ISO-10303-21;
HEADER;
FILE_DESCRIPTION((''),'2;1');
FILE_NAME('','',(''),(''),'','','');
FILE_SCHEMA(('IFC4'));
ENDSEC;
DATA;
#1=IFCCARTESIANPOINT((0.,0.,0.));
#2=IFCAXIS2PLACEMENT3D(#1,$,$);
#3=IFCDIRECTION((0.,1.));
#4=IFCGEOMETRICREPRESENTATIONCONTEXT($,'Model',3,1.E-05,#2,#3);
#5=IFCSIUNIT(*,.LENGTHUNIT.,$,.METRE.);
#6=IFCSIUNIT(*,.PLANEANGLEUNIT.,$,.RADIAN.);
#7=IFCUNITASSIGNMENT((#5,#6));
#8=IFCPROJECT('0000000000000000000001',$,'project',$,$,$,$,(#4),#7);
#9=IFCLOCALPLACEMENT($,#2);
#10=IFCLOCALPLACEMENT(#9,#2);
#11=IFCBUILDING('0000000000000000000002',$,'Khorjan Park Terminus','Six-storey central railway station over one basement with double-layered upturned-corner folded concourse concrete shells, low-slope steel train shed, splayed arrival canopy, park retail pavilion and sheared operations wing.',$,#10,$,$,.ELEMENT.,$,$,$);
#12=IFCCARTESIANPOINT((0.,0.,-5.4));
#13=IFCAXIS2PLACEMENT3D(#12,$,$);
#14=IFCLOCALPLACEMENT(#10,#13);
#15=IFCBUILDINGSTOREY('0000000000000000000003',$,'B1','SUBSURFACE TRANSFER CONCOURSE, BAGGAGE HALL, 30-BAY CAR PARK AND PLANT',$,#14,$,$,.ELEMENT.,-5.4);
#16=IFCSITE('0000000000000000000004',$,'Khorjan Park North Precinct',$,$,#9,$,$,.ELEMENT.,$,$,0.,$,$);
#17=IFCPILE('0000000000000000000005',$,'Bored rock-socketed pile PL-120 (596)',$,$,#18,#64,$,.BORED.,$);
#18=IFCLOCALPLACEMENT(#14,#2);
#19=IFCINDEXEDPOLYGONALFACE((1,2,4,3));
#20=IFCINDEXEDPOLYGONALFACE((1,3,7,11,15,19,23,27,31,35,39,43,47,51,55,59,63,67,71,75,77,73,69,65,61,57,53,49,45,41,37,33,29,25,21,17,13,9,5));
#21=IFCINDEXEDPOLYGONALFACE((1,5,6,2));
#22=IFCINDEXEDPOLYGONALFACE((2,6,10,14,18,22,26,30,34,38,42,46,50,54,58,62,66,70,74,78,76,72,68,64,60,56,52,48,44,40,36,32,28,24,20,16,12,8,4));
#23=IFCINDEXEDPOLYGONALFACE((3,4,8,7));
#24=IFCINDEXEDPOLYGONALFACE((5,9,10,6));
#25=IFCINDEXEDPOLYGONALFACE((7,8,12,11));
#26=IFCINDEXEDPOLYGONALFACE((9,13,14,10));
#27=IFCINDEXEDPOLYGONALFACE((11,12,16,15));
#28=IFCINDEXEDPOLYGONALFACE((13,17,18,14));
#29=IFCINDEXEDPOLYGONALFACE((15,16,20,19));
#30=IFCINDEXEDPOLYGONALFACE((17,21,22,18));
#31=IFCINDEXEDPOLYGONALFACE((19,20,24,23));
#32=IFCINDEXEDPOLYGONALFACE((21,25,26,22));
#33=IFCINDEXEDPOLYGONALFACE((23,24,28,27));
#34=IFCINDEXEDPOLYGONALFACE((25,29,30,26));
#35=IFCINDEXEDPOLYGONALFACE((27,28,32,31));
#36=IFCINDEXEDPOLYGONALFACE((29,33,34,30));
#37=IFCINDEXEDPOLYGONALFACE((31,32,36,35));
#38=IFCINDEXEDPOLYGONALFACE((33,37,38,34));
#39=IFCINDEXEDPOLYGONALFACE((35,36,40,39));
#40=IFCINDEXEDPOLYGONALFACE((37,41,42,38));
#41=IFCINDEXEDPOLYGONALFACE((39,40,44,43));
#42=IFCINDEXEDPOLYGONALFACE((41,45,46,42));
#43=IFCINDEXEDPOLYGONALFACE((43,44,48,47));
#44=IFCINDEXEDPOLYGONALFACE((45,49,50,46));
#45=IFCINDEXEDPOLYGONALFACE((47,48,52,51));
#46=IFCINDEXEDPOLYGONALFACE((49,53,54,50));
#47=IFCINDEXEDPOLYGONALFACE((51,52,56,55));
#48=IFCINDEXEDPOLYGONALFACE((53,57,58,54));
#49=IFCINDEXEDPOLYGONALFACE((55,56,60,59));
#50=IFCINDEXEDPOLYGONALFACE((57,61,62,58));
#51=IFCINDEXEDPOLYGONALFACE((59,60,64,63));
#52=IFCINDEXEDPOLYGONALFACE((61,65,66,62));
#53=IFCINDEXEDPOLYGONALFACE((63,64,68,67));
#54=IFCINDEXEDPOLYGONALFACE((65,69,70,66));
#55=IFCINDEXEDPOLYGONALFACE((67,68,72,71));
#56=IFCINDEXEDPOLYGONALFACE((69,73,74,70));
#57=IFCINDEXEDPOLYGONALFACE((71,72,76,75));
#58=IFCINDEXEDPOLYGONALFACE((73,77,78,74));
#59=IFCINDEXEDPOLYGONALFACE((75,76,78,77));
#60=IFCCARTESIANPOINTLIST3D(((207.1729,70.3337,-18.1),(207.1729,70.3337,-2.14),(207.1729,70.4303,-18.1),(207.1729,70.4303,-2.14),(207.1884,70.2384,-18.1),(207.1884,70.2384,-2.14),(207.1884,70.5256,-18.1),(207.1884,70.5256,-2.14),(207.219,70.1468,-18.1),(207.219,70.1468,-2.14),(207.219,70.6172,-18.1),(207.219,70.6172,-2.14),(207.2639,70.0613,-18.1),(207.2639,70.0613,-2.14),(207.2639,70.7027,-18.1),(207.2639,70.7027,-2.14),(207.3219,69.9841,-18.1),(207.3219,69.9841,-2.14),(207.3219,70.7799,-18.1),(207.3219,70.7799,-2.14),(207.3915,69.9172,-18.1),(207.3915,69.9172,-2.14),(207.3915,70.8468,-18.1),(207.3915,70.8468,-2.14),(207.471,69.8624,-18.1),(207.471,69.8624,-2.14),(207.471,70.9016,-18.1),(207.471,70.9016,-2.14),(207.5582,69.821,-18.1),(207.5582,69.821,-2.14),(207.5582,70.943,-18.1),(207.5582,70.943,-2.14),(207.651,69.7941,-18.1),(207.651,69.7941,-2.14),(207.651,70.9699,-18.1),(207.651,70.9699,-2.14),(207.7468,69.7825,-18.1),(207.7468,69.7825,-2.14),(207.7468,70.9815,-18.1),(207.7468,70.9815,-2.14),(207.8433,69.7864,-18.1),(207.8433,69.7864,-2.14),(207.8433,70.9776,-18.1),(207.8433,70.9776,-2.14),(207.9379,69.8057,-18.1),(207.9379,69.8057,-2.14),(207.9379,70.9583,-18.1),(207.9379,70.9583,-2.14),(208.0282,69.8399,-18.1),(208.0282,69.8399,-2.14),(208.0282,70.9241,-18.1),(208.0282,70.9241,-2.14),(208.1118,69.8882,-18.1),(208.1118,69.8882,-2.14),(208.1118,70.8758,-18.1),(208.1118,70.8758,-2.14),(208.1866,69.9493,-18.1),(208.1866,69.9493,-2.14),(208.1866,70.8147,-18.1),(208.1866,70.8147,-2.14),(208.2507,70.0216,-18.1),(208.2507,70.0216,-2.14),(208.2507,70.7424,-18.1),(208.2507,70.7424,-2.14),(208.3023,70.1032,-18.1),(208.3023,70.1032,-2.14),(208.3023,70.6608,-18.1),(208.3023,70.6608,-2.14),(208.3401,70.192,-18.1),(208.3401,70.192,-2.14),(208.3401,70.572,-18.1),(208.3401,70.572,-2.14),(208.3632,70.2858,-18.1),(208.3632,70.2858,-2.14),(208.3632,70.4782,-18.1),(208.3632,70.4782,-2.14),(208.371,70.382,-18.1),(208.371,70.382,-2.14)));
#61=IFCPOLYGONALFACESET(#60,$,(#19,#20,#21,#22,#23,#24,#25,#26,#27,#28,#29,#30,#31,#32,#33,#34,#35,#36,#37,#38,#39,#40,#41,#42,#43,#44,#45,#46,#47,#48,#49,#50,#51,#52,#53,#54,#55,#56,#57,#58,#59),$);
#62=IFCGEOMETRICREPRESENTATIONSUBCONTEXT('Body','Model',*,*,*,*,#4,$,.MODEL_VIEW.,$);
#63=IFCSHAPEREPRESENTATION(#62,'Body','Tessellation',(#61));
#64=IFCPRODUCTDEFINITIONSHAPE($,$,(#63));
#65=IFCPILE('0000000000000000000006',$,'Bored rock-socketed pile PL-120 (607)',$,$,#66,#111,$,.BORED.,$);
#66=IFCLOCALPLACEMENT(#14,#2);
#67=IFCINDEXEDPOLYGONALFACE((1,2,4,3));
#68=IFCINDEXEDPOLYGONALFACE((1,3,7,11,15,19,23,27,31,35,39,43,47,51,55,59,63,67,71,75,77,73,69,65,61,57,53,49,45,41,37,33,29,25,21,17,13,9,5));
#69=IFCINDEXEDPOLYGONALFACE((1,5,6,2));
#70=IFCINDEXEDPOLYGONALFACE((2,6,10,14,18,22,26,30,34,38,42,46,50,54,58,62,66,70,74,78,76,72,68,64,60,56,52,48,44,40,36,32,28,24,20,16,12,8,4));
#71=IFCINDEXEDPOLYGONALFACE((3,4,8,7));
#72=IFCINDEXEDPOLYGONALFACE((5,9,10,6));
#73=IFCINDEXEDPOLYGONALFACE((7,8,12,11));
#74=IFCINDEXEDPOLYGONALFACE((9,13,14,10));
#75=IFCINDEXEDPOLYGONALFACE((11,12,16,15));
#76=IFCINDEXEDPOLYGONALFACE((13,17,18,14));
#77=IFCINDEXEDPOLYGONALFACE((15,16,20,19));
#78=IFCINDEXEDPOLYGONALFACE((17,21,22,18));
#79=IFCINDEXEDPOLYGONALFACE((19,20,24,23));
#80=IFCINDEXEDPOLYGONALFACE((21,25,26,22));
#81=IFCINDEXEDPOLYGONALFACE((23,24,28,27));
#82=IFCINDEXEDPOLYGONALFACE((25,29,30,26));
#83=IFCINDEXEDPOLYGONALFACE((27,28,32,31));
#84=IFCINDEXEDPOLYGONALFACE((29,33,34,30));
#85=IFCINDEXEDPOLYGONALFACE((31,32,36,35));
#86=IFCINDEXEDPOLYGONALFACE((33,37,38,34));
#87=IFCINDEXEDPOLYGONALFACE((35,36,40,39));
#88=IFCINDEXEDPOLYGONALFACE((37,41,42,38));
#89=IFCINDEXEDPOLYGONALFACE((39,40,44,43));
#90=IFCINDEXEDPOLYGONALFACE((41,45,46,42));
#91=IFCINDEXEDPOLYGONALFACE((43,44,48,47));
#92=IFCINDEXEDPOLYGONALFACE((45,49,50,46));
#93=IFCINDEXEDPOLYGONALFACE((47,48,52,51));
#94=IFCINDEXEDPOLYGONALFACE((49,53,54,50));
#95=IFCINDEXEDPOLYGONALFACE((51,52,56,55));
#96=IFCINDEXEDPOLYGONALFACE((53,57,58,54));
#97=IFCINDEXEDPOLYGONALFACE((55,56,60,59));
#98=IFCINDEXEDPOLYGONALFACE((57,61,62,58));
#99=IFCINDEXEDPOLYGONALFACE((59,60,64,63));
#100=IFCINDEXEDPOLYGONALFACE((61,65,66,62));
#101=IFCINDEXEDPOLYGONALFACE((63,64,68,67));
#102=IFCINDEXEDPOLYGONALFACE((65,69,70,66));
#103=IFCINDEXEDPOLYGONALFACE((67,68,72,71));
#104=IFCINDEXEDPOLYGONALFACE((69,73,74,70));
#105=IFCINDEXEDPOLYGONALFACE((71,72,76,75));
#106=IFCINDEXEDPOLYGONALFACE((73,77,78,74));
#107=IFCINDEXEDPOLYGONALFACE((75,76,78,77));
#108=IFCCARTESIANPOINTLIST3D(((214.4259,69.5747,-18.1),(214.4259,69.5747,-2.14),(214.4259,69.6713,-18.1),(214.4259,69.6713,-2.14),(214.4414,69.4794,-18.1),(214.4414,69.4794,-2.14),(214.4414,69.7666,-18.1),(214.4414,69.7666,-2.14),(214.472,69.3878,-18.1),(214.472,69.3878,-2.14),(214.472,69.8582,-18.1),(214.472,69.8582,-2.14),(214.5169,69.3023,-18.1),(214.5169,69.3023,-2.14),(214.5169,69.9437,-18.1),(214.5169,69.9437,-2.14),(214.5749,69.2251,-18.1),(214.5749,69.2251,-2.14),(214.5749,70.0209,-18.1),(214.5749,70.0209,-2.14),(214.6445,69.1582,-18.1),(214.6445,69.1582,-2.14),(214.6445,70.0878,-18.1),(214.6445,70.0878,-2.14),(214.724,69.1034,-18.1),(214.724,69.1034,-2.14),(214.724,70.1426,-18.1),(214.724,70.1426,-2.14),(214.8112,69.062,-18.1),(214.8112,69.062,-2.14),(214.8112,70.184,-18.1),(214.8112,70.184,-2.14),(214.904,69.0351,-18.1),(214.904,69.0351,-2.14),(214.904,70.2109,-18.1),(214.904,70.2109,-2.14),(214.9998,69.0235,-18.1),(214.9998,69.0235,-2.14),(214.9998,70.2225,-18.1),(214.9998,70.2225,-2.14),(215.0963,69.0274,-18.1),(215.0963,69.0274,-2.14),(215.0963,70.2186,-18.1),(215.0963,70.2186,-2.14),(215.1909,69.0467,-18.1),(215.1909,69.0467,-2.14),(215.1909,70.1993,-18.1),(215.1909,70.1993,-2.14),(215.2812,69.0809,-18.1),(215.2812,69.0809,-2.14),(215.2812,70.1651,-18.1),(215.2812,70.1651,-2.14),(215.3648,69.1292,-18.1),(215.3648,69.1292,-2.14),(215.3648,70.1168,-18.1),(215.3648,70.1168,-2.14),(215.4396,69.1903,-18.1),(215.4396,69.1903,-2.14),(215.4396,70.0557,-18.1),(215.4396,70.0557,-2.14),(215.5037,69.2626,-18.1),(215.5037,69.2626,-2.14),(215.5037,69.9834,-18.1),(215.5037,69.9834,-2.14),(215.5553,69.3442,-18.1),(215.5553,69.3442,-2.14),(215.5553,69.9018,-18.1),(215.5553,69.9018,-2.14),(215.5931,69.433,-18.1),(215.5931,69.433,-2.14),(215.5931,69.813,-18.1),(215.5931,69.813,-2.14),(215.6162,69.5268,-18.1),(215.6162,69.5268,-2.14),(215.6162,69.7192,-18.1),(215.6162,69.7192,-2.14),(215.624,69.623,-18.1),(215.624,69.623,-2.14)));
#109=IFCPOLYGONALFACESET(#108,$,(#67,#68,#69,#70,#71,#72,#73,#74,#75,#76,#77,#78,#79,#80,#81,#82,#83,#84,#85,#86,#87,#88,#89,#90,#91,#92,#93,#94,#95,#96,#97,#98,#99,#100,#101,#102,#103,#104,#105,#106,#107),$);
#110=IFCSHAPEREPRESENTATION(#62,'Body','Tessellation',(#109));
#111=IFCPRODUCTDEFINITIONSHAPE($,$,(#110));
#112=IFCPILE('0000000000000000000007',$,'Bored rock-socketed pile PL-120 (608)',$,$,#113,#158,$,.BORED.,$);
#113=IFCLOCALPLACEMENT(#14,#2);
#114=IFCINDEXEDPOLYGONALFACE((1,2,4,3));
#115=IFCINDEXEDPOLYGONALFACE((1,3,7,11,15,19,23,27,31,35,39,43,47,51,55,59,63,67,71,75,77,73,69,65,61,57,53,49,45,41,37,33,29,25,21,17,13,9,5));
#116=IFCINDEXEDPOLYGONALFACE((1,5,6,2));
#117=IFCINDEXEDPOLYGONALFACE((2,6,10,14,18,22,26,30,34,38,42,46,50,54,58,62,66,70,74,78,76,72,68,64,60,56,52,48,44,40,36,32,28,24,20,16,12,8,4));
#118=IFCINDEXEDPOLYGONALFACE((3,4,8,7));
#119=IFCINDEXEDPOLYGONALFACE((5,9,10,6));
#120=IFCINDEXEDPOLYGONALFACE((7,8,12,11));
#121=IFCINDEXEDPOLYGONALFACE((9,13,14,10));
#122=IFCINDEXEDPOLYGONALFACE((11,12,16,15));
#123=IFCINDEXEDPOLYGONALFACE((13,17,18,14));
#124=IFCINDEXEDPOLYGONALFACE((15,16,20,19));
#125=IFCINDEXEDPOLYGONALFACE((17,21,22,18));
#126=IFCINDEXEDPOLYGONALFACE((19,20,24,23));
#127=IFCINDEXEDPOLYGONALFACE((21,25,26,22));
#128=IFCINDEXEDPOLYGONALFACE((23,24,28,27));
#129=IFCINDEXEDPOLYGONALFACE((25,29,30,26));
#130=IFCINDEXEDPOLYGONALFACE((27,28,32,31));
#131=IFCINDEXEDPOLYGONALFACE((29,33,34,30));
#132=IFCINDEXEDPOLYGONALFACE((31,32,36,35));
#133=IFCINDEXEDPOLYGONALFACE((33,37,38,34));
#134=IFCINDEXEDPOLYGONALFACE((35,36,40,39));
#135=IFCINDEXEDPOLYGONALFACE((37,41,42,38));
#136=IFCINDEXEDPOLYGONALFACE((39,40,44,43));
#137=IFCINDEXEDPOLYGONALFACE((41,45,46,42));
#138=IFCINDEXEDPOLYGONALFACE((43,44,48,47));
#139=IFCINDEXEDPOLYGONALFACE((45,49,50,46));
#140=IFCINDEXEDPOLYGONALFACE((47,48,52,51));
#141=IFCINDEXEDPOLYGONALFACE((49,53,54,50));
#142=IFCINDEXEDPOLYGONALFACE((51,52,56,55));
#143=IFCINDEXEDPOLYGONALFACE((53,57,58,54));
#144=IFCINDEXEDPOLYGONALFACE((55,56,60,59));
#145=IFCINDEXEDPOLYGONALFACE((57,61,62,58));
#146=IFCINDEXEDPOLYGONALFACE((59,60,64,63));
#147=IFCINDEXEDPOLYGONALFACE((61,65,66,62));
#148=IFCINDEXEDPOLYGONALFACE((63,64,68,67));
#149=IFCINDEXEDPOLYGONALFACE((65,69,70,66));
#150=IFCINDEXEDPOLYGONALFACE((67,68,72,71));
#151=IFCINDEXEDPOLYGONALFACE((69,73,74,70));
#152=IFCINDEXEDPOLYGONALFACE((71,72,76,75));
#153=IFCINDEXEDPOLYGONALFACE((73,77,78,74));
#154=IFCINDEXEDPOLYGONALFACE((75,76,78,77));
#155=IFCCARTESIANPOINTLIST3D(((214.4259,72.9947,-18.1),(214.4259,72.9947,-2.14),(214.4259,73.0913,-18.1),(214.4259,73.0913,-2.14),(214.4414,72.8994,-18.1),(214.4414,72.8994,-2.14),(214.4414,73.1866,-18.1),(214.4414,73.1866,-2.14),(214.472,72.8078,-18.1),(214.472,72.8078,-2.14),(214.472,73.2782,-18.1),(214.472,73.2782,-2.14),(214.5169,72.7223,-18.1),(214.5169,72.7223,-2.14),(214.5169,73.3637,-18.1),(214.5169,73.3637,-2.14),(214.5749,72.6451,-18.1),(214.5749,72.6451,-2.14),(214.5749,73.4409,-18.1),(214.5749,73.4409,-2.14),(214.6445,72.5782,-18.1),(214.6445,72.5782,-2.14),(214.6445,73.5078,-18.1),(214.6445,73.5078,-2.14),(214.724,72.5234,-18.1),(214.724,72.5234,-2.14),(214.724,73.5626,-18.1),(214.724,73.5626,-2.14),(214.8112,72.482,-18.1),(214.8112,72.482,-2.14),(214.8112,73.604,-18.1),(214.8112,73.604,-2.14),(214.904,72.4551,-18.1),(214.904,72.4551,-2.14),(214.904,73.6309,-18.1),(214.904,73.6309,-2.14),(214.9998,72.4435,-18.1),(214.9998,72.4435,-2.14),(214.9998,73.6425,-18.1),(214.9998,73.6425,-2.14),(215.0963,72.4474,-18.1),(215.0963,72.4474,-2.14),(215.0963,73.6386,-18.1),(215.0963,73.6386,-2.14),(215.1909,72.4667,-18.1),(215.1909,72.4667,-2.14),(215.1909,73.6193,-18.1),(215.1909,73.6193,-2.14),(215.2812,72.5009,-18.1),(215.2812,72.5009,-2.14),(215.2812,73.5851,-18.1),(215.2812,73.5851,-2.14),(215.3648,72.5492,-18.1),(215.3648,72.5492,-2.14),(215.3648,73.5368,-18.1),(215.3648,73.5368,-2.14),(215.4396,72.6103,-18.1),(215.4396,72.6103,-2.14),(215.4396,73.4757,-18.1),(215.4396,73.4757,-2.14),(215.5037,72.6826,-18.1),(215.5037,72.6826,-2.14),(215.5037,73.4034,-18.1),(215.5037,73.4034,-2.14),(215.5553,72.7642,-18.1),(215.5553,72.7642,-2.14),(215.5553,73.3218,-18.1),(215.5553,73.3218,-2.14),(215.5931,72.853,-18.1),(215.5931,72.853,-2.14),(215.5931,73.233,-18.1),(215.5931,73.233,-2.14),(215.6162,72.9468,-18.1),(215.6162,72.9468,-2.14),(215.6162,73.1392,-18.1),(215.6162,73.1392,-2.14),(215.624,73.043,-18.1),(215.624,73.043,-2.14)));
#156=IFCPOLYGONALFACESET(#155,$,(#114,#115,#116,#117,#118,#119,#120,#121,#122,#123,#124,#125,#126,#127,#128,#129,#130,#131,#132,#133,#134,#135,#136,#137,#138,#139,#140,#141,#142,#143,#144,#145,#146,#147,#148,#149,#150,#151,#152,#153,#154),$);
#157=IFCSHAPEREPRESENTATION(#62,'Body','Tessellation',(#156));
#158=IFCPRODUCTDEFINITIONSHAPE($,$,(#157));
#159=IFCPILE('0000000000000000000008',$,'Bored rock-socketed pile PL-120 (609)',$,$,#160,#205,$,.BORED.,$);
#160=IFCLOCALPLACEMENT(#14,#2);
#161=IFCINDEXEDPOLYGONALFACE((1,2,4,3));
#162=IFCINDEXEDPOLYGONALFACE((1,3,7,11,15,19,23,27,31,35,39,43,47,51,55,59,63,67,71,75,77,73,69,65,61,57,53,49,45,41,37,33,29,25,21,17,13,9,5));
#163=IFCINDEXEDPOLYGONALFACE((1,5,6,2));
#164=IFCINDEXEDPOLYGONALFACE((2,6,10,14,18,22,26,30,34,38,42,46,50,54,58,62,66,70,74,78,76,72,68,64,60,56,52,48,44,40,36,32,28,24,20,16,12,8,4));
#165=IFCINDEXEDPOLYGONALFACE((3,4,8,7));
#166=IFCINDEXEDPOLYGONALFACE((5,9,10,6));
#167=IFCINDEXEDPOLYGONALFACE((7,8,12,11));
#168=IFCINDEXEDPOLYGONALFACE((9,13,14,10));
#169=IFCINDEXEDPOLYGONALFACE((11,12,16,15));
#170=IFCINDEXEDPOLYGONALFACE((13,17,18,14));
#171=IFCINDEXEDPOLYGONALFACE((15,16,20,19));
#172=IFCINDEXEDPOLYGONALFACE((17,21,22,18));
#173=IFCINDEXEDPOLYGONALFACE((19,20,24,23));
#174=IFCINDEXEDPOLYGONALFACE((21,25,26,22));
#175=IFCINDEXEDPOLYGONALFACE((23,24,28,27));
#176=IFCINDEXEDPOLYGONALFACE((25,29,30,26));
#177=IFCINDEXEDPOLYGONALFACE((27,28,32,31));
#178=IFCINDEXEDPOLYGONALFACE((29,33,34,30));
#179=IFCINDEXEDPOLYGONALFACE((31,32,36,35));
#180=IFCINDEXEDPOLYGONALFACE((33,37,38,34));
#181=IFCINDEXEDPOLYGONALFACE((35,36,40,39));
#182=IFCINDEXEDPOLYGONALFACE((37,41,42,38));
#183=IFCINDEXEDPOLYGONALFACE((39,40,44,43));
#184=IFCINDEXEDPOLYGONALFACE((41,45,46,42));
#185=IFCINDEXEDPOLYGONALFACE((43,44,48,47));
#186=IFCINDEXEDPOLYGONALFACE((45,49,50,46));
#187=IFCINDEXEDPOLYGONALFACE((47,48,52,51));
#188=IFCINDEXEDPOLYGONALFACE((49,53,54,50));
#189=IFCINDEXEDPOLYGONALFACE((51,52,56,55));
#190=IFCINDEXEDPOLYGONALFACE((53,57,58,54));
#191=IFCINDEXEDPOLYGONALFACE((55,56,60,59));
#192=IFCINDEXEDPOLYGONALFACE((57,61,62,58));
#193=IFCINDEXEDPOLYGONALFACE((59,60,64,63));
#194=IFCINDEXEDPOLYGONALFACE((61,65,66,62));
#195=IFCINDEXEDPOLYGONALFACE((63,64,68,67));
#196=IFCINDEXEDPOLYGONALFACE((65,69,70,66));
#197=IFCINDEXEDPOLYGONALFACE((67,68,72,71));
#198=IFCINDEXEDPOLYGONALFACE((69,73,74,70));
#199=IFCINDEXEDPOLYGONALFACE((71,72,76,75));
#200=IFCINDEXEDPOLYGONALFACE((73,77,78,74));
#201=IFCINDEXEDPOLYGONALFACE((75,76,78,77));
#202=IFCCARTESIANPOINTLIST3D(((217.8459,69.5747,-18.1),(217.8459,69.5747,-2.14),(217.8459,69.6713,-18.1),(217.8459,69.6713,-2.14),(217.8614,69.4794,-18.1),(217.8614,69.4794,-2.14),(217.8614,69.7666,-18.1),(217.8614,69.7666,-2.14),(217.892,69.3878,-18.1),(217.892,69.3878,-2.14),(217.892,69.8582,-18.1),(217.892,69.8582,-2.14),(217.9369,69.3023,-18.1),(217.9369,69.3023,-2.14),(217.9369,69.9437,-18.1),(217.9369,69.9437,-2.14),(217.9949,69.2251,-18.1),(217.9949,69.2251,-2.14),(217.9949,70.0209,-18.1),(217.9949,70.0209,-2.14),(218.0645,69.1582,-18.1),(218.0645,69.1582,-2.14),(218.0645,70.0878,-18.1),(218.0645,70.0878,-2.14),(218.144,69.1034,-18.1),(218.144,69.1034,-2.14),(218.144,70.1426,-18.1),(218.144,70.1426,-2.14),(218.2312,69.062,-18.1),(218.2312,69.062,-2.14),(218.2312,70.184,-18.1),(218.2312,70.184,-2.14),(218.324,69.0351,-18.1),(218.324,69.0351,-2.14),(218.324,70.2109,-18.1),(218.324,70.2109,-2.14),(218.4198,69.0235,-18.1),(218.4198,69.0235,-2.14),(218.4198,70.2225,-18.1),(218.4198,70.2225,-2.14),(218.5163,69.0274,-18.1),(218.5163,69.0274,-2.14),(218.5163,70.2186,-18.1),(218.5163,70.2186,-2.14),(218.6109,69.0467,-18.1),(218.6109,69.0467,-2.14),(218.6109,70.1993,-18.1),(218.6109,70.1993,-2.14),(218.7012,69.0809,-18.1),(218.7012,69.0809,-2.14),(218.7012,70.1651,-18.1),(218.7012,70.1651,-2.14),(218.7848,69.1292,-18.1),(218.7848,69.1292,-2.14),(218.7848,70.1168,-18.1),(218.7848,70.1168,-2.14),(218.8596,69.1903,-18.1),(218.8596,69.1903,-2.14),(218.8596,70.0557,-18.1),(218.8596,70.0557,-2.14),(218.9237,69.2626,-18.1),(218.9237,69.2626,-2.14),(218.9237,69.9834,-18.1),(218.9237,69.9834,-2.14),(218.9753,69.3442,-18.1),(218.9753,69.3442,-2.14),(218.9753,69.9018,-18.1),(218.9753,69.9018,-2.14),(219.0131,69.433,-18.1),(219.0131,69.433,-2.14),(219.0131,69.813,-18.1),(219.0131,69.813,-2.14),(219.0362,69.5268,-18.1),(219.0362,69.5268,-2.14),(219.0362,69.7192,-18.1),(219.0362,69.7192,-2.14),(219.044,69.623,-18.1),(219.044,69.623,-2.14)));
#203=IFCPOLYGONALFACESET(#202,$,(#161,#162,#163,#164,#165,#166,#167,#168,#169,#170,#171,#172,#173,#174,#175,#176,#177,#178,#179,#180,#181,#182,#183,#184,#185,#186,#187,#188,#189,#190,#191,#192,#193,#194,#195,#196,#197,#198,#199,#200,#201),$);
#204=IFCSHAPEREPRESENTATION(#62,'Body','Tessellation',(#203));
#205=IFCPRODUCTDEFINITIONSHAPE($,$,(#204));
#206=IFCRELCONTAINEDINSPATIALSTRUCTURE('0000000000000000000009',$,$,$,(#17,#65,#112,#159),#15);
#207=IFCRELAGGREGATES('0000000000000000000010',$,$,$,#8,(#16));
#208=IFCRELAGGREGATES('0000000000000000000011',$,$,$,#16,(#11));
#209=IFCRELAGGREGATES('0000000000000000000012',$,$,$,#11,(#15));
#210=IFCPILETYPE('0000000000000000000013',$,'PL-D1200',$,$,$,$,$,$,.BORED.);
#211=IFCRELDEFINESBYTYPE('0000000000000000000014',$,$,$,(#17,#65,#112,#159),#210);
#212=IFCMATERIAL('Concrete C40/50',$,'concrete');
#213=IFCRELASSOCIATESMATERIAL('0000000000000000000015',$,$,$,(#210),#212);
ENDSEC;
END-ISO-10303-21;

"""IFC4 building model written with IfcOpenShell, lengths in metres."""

from ifc_helpers import new_model, si_unit, direction, frame, origin, origin_2d, place, context, subcontext, project, spatial, circle, extrude, material, material_profile, profile_set, type_object, element, save


model = new_model("IFC4")

# Units and contexts
model_context = context("Model", 3, precision=1e-05, world=origin(), true_north=direction((0.0, 1.0)))
body_context = subcontext(model_context, "Body", "Model", "MODEL_VIEW")
ifc_project = project(units=[si_unit("LENGTHUNIT", "METRE"), si_unit("PLANEANGLEUNIT", "RADIAN")], contexts=[model_context])

# Site, building, storey
site_placement = place(None, origin())
site = spatial("IfcSite", under=ifc_project, at=site_placement, Name="Khorjan Park North Precinct", CompositionType="ELEMENT", RefElevation=0.0)
building_placement = place(site_placement, origin())
building = spatial("IfcBuilding", under=site, at=building_placement, Name="Khorjan Park Terminus", Description="Six-storey central railway station over one basement with double-layered upturned-corner folded concourse concrete shells, low-slope steel train shed, splayed arrival canopy, park retail pavilion and sheared operations wing.", CompositionType="ELEMENT")
storey_placement = place(building_placement, frame((0.0, 0.0, -5.4)))
storey = spatial("IfcBuildingStorey", under=building, at=storey_placement, Name="B1", Description="SUBSURFACE TRANSFER CONCOURSE, BAGGAGE HALL, 30-BAY CAR PARK AND PLANT", CompositionType="ELEMENT", Elevation=-5.4)

# Piles
ifc_material_1 = material(Name="Concrete C40/50", Category="concrete")
ifc_material_profile_1 = material_profile(ifc_material_1, circle(Radius=0.6, at=origin_2d()), Name="BORED D1200")
ifc_profile_set_1 = profile_set([ifc_material_profile_1], Name="Concrete C40/50")
pile_type_1 = type_object("IfcPileType", Name="PL-D1200", PredefinedType="BORED", material=ifc_profile_set_1)
for number, where, z_axis, x_axis, name in (
    (1, (207.771, 70.382, -2.14), (0.0, 0.0, -1.0), (1.0, 0.0, 0.0), "Bored rock-socketed pile PL-120 (596)"),
    (2, (215.024, 69.623, -2.14), (0.0, 0.0, -1.0), (1.0, 0.0, 0.0), "Bored rock-socketed pile PL-120 (607)"),
    (3, (215.024, 73.043, -2.14), (0.0, 0.0, -1.0), (1.0, 0.0, 0.0), "Bored rock-socketed pile PL-120 (608)"),
    (4, (218.444, 69.623, -2.14), (0.0, 0.0, -1.0), (1.0, 0.0, 0.0), "Bored rock-socketed pile PL-120 (609)"),
):
    element("IfcPile", number, at=place(storey_placement, frame(where, z_axis=z_axis, x_axis=x_axis)), inside=storey, type_object=pile_type_1, Name=name, PredefinedType="BORED", context=body_context, shape_type="SweptSolid", body=[
        extrude(circle(Radius=0.6, at=origin_2d()), origin(), (0.0, 0.0, 1.0), 15.96),
    ])

save(model, "model.ifc")
